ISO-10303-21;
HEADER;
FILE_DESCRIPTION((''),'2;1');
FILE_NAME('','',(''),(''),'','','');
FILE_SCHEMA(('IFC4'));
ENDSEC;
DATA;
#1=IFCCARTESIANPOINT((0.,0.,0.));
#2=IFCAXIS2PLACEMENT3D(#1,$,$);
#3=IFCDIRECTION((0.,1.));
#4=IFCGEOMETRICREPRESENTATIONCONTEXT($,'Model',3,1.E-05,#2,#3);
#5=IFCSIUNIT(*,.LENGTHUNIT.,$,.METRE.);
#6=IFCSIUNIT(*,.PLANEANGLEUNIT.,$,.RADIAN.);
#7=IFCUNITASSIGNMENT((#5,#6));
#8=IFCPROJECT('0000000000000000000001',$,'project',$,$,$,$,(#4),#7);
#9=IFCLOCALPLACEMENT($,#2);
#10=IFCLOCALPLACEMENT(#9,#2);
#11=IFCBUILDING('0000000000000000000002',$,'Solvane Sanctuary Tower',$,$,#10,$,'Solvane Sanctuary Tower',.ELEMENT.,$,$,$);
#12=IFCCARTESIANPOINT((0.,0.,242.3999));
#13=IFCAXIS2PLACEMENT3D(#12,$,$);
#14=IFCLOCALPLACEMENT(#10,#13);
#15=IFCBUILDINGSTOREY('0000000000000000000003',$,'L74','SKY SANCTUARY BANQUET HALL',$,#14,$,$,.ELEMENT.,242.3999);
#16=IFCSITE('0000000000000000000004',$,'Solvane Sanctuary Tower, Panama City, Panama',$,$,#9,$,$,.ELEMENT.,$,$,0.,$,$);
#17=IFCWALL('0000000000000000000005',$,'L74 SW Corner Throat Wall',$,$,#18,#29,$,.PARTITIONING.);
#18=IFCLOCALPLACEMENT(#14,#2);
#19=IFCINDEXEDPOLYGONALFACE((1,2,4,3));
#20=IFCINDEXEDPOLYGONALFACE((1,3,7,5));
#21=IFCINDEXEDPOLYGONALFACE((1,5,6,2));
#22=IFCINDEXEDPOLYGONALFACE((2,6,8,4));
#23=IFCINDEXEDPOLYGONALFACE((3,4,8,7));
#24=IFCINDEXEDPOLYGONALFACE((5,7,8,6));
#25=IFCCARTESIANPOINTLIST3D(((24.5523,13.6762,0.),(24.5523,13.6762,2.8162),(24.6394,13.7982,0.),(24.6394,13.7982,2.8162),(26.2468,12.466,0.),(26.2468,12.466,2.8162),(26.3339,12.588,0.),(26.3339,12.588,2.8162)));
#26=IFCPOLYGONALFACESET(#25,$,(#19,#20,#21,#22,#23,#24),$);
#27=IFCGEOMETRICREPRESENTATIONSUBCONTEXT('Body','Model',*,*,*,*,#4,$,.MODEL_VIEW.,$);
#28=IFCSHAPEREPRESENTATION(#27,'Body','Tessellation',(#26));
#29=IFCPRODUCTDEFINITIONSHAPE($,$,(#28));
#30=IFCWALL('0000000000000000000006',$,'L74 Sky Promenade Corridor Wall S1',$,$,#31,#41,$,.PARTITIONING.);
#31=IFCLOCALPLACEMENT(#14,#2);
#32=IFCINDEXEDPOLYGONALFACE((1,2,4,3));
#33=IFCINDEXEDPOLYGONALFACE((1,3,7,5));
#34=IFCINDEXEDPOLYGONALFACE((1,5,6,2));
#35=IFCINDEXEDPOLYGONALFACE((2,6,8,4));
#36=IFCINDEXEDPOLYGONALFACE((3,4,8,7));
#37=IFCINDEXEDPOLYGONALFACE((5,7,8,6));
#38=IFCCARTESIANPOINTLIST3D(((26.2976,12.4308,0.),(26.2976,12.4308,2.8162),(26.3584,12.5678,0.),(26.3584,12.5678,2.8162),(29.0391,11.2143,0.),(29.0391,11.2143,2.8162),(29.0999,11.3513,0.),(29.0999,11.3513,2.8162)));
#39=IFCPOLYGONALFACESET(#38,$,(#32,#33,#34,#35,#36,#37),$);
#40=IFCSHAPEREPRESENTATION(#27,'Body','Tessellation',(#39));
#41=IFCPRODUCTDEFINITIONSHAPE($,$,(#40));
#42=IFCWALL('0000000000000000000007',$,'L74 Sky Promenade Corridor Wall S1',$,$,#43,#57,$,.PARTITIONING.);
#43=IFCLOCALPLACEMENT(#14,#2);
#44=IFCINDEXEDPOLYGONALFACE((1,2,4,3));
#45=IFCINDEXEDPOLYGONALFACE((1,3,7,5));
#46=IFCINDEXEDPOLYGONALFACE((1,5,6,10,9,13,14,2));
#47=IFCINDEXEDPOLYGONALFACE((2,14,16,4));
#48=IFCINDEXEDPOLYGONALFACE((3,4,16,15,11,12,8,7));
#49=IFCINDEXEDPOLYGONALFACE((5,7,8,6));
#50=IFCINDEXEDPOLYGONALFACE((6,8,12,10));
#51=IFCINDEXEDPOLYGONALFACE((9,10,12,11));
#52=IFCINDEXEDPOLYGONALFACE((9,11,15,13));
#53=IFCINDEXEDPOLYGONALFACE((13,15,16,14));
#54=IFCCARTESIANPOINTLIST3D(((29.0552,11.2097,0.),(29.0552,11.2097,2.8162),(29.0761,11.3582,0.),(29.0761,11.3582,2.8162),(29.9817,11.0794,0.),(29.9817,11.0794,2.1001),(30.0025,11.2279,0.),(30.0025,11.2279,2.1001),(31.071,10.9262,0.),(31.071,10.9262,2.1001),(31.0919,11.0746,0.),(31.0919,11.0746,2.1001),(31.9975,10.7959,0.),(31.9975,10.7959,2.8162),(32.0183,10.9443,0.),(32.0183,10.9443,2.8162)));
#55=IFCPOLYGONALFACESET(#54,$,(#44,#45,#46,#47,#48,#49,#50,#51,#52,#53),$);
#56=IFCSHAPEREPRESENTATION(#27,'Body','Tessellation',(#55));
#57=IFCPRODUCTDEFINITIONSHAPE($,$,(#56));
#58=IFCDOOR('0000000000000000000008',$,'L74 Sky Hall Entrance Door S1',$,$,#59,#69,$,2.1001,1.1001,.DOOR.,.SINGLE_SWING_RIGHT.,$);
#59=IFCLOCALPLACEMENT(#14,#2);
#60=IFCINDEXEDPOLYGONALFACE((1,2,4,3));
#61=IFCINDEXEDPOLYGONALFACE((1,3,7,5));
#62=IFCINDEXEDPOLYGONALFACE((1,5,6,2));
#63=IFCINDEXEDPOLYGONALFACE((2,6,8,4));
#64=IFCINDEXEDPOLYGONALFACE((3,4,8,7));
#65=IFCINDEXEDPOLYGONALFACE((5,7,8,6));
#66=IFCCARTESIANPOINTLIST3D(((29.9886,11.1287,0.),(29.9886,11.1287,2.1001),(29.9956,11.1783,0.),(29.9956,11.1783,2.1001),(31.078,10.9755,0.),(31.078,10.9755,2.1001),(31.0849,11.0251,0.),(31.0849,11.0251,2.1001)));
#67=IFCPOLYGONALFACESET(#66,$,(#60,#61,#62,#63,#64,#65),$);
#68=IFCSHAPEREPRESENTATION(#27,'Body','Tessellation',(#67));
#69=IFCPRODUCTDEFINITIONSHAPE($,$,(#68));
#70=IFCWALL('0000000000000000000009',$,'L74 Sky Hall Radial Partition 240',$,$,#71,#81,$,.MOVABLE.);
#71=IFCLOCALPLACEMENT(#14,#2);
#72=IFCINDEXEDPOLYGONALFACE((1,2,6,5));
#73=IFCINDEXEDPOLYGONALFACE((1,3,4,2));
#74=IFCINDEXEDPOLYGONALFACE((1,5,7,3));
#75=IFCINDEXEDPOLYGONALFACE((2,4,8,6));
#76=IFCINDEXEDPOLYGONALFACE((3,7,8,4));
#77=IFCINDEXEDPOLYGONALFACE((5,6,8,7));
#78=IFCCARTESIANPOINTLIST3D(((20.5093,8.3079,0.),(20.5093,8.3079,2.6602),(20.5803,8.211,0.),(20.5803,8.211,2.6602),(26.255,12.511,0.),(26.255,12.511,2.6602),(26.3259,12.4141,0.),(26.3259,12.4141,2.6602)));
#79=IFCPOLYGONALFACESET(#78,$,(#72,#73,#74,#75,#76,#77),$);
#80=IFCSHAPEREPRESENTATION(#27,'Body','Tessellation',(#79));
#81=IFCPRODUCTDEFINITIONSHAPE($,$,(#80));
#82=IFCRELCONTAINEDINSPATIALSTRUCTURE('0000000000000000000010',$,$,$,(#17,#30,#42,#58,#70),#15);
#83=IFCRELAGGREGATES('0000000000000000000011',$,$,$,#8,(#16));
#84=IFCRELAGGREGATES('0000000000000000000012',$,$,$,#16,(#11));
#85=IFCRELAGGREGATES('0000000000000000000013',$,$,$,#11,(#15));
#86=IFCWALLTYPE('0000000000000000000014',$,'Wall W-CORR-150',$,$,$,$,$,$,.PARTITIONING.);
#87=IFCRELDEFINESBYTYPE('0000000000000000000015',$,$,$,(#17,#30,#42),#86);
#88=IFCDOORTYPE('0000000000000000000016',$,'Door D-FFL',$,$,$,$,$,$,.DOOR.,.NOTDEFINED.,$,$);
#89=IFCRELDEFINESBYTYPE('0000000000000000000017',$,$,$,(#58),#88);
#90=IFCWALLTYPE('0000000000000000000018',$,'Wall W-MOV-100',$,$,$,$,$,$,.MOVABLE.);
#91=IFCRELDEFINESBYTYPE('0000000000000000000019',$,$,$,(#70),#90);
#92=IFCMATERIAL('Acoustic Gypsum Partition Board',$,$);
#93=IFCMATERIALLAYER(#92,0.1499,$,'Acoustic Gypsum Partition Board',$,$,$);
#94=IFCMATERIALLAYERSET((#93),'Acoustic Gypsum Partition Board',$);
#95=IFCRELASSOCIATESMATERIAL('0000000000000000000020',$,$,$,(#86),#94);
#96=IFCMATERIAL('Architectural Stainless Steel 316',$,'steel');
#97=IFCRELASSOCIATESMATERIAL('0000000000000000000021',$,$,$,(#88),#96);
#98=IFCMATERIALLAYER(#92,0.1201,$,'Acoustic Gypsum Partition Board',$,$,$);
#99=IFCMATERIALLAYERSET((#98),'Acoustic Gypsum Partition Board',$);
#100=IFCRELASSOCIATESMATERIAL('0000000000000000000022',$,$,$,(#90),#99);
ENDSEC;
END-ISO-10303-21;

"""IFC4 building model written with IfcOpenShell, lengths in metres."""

from ifc_helpers import new_model, si_unit, direction, frame, frame_2d, origin, place, context, subcontext, project, spatial, rectangle, extrude, material, layer, layer_set, type_object, element, fill, save


model = new_model("IFC4")

# Units and contexts
model_context = context("Model", 3, precision=1e-05, world=origin(), true_north=direction((0.0, 1.0)))
body_context = subcontext(model_context, "Body", "Model", "MODEL_VIEW")
ifc_project = project(units=[si_unit("LENGTHUNIT", "METRE"), si_unit("PLANEANGLEUNIT", "RADIAN")], contexts=[model_context])

# Site, building, storey
site_placement = place(None, origin())
site = spatial("IfcSite", under=ifc_project, at=site_placement, Name="Solvane Sanctuary Tower, Panama City, Panama", CompositionType="ELEMENT", RefElevation=0.0)
building_placement = place(site_placement, origin())
building = spatial("IfcBuilding", under=site, at=building_placement, Name="Solvane Sanctuary Tower", LongName="Solvane Sanctuary Tower", CompositionType="ELEMENT")
storey_placement = place(building_placement, frame((0.0, 0.0, 242.3999)))
storey = spatial("IfcBuildingStorey", under=building, at=storey_placement, Name="L74", Description="SKY SANCTUARY BANQUET HALL", CompositionType="ELEMENT", Elevation=242.3999)

# Shared definitions
ifc_material_1 = material(Name="Acoustic Gypsum Partition Board")
ifc_layer_1 = layer(ifc_material_1, 0.1499, Name="Acoustic Gypsum Partition Board")
ifc_layer_set_1 = layer_set([ifc_layer_1], Name="Acoustic Gypsum Partition Board")
wall_type_1 = type_object("IfcWallType", Name="Wall W-CORR-150", PredefinedType="PARTITIONING", material=ifc_layer_set_1)

# Walls
wall_1_placement = place(storey_placement, frame((26.2903, 12.5271, 0.0), z_axis=(0.0, 0.0, 1.0), x_axis=(-0.813781, 0.581172, 0.0)))
element("IfcWall", 1, at=wall_1_placement, inside=storey, type_object=wall_type_1, Name="L74 SW Corner Throat Wall", PredefinedType="PARTITIONING", context=body_context, shape_type="SweptSolid", body=[
    extrude(rectangle(XDim=2.0823, YDim=0.1499, at=frame_2d((1.041, 0.0))), origin(), (0.0, 0.0, 1.0), 2.8162),
])
wall_2_placement = place(storey_placement, frame((26.3281, 12.4993, 0.0), z_axis=(0.0, 0.0, 1.0), x_axis=(0.914043, -0.405617, 0.0)))
element("IfcWall", 2, at=wall_2_placement, inside=storey, type_object=wall_type_1, Name="L74 Sky Promenade Corridor Wall S1", PredefinedType="PARTITIONING", context=body_context, shape_type="SweptSolid", body=[
    extrude(rectangle(XDim=2.9993, YDim=0.1499, at=frame_2d((1.4995, 0.0))), origin(), (0.0, 0.0, 1.0), 2.8162),
])

# Wall, opening, door
wall_3_placement = place(storey_placement, frame((29.0657, 11.2839, 0.0), z_axis=(0.0, 0.0, 1.0), x_axis=(0.990253, -0.139281, 0.0)))
wall_3 = element("IfcWall", 3, at=wall_3_placement, inside=storey, type_object=wall_type_1, Name="L74 Sky Promenade Corridor Wall S1", PredefinedType="PARTITIONING", context=body_context, shape_type="SweptSolid", body=[
    extrude(rectangle(XDim=2.9712, YDim=0.1499, at=frame_2d((1.4856, 0.0))), origin(), (0.0, 0.0, 1.0), 2.8162),
])
opening_1_placement = place(wall_3_placement, frame((0.9355, 0.0, 0.0)))
opening_1 = element("IfcOpeningElement", 4, at=opening_1_placement, cuts=wall_3, PredefinedType="OPENING", context=body_context, shape_type="SweptSolid", body=[
    extrude(rectangle(XDim=1.1001, YDim=2.1001, at=frame_2d((0.55, 1.05))), frame((0.0, 0.085, 0.0), z_axis=(0.0, -1.0, 0.0), x_axis=(1.0, 0.0, 0.0)), (0.0, 0.0, 1.0), 0.1699),
])
ifc_material_2 = material(Name="Architectural Stainless Steel 316", Category="steel")
door_type_1 = type_object("IfcDoorType", Name="Door D-FFL", OperationType="NOTDEFINED", PredefinedType="DOOR", material=ifc_material_2)
door_1_placement = place(opening_1_placement, origin())
door_1 = element("IfcDoor", 5, at=door_1_placement, inside=storey, type_object=door_type_1, Name="L74 Sky Hall Entrance Door S1", OperationType="SINGLE_SWING_RIGHT", OverallHeight=2.1001, OverallWidth=1.1001, PredefinedType="DOOR", context=body_context, shape_type="SweptSolid", body=[
    extrude(rectangle(XDim=1.1001, YDim=2.1001, at=frame_2d((0.55, 1.05))), frame((0.0, 0.0249, 0.0), z_axis=(0.0, -1.0, 0.0), x_axis=(1.0, 0.0, 0.0)), (0.0, 0.0, 1.0), 0.05),
])
fill(opening_1, door_1)

# Wall
ifc_layer_2 = layer(ifc_material_1, 0.1201, Name="Acoustic Gypsum Partition Board")
ifc_layer_set_2 = layer_set([ifc_layer_2], Name="Acoustic Gypsum Partition Board")
wall_type_2 = type_object("IfcWallType", Name="Wall W-MOV-100", PredefinedType="MOVABLE", material=ifc_layer_set_2)
wall_4_placement = place(storey_placement, frame((26.2905, 12.4626, 0.0), z_axis=(0.0, 0.0, 1.0), x_axis=(-0.807096, -0.590421, 0.0)))
element("IfcWall", 6, at=wall_4_placement, inside=storey, type_object=wall_type_2, Name="L74 Sky Hall Radial Partition 240", PredefinedType="MOVABLE", context=body_context, shape_type="SweptSolid", body=[
    extrude(rectangle(XDim=7.1189, YDim=0.1201, at=frame_2d((3.5596, 0.0))), origin(), (0.0, 0.0, 1.0), 2.6602),
])

save(model, "model.ifc")
